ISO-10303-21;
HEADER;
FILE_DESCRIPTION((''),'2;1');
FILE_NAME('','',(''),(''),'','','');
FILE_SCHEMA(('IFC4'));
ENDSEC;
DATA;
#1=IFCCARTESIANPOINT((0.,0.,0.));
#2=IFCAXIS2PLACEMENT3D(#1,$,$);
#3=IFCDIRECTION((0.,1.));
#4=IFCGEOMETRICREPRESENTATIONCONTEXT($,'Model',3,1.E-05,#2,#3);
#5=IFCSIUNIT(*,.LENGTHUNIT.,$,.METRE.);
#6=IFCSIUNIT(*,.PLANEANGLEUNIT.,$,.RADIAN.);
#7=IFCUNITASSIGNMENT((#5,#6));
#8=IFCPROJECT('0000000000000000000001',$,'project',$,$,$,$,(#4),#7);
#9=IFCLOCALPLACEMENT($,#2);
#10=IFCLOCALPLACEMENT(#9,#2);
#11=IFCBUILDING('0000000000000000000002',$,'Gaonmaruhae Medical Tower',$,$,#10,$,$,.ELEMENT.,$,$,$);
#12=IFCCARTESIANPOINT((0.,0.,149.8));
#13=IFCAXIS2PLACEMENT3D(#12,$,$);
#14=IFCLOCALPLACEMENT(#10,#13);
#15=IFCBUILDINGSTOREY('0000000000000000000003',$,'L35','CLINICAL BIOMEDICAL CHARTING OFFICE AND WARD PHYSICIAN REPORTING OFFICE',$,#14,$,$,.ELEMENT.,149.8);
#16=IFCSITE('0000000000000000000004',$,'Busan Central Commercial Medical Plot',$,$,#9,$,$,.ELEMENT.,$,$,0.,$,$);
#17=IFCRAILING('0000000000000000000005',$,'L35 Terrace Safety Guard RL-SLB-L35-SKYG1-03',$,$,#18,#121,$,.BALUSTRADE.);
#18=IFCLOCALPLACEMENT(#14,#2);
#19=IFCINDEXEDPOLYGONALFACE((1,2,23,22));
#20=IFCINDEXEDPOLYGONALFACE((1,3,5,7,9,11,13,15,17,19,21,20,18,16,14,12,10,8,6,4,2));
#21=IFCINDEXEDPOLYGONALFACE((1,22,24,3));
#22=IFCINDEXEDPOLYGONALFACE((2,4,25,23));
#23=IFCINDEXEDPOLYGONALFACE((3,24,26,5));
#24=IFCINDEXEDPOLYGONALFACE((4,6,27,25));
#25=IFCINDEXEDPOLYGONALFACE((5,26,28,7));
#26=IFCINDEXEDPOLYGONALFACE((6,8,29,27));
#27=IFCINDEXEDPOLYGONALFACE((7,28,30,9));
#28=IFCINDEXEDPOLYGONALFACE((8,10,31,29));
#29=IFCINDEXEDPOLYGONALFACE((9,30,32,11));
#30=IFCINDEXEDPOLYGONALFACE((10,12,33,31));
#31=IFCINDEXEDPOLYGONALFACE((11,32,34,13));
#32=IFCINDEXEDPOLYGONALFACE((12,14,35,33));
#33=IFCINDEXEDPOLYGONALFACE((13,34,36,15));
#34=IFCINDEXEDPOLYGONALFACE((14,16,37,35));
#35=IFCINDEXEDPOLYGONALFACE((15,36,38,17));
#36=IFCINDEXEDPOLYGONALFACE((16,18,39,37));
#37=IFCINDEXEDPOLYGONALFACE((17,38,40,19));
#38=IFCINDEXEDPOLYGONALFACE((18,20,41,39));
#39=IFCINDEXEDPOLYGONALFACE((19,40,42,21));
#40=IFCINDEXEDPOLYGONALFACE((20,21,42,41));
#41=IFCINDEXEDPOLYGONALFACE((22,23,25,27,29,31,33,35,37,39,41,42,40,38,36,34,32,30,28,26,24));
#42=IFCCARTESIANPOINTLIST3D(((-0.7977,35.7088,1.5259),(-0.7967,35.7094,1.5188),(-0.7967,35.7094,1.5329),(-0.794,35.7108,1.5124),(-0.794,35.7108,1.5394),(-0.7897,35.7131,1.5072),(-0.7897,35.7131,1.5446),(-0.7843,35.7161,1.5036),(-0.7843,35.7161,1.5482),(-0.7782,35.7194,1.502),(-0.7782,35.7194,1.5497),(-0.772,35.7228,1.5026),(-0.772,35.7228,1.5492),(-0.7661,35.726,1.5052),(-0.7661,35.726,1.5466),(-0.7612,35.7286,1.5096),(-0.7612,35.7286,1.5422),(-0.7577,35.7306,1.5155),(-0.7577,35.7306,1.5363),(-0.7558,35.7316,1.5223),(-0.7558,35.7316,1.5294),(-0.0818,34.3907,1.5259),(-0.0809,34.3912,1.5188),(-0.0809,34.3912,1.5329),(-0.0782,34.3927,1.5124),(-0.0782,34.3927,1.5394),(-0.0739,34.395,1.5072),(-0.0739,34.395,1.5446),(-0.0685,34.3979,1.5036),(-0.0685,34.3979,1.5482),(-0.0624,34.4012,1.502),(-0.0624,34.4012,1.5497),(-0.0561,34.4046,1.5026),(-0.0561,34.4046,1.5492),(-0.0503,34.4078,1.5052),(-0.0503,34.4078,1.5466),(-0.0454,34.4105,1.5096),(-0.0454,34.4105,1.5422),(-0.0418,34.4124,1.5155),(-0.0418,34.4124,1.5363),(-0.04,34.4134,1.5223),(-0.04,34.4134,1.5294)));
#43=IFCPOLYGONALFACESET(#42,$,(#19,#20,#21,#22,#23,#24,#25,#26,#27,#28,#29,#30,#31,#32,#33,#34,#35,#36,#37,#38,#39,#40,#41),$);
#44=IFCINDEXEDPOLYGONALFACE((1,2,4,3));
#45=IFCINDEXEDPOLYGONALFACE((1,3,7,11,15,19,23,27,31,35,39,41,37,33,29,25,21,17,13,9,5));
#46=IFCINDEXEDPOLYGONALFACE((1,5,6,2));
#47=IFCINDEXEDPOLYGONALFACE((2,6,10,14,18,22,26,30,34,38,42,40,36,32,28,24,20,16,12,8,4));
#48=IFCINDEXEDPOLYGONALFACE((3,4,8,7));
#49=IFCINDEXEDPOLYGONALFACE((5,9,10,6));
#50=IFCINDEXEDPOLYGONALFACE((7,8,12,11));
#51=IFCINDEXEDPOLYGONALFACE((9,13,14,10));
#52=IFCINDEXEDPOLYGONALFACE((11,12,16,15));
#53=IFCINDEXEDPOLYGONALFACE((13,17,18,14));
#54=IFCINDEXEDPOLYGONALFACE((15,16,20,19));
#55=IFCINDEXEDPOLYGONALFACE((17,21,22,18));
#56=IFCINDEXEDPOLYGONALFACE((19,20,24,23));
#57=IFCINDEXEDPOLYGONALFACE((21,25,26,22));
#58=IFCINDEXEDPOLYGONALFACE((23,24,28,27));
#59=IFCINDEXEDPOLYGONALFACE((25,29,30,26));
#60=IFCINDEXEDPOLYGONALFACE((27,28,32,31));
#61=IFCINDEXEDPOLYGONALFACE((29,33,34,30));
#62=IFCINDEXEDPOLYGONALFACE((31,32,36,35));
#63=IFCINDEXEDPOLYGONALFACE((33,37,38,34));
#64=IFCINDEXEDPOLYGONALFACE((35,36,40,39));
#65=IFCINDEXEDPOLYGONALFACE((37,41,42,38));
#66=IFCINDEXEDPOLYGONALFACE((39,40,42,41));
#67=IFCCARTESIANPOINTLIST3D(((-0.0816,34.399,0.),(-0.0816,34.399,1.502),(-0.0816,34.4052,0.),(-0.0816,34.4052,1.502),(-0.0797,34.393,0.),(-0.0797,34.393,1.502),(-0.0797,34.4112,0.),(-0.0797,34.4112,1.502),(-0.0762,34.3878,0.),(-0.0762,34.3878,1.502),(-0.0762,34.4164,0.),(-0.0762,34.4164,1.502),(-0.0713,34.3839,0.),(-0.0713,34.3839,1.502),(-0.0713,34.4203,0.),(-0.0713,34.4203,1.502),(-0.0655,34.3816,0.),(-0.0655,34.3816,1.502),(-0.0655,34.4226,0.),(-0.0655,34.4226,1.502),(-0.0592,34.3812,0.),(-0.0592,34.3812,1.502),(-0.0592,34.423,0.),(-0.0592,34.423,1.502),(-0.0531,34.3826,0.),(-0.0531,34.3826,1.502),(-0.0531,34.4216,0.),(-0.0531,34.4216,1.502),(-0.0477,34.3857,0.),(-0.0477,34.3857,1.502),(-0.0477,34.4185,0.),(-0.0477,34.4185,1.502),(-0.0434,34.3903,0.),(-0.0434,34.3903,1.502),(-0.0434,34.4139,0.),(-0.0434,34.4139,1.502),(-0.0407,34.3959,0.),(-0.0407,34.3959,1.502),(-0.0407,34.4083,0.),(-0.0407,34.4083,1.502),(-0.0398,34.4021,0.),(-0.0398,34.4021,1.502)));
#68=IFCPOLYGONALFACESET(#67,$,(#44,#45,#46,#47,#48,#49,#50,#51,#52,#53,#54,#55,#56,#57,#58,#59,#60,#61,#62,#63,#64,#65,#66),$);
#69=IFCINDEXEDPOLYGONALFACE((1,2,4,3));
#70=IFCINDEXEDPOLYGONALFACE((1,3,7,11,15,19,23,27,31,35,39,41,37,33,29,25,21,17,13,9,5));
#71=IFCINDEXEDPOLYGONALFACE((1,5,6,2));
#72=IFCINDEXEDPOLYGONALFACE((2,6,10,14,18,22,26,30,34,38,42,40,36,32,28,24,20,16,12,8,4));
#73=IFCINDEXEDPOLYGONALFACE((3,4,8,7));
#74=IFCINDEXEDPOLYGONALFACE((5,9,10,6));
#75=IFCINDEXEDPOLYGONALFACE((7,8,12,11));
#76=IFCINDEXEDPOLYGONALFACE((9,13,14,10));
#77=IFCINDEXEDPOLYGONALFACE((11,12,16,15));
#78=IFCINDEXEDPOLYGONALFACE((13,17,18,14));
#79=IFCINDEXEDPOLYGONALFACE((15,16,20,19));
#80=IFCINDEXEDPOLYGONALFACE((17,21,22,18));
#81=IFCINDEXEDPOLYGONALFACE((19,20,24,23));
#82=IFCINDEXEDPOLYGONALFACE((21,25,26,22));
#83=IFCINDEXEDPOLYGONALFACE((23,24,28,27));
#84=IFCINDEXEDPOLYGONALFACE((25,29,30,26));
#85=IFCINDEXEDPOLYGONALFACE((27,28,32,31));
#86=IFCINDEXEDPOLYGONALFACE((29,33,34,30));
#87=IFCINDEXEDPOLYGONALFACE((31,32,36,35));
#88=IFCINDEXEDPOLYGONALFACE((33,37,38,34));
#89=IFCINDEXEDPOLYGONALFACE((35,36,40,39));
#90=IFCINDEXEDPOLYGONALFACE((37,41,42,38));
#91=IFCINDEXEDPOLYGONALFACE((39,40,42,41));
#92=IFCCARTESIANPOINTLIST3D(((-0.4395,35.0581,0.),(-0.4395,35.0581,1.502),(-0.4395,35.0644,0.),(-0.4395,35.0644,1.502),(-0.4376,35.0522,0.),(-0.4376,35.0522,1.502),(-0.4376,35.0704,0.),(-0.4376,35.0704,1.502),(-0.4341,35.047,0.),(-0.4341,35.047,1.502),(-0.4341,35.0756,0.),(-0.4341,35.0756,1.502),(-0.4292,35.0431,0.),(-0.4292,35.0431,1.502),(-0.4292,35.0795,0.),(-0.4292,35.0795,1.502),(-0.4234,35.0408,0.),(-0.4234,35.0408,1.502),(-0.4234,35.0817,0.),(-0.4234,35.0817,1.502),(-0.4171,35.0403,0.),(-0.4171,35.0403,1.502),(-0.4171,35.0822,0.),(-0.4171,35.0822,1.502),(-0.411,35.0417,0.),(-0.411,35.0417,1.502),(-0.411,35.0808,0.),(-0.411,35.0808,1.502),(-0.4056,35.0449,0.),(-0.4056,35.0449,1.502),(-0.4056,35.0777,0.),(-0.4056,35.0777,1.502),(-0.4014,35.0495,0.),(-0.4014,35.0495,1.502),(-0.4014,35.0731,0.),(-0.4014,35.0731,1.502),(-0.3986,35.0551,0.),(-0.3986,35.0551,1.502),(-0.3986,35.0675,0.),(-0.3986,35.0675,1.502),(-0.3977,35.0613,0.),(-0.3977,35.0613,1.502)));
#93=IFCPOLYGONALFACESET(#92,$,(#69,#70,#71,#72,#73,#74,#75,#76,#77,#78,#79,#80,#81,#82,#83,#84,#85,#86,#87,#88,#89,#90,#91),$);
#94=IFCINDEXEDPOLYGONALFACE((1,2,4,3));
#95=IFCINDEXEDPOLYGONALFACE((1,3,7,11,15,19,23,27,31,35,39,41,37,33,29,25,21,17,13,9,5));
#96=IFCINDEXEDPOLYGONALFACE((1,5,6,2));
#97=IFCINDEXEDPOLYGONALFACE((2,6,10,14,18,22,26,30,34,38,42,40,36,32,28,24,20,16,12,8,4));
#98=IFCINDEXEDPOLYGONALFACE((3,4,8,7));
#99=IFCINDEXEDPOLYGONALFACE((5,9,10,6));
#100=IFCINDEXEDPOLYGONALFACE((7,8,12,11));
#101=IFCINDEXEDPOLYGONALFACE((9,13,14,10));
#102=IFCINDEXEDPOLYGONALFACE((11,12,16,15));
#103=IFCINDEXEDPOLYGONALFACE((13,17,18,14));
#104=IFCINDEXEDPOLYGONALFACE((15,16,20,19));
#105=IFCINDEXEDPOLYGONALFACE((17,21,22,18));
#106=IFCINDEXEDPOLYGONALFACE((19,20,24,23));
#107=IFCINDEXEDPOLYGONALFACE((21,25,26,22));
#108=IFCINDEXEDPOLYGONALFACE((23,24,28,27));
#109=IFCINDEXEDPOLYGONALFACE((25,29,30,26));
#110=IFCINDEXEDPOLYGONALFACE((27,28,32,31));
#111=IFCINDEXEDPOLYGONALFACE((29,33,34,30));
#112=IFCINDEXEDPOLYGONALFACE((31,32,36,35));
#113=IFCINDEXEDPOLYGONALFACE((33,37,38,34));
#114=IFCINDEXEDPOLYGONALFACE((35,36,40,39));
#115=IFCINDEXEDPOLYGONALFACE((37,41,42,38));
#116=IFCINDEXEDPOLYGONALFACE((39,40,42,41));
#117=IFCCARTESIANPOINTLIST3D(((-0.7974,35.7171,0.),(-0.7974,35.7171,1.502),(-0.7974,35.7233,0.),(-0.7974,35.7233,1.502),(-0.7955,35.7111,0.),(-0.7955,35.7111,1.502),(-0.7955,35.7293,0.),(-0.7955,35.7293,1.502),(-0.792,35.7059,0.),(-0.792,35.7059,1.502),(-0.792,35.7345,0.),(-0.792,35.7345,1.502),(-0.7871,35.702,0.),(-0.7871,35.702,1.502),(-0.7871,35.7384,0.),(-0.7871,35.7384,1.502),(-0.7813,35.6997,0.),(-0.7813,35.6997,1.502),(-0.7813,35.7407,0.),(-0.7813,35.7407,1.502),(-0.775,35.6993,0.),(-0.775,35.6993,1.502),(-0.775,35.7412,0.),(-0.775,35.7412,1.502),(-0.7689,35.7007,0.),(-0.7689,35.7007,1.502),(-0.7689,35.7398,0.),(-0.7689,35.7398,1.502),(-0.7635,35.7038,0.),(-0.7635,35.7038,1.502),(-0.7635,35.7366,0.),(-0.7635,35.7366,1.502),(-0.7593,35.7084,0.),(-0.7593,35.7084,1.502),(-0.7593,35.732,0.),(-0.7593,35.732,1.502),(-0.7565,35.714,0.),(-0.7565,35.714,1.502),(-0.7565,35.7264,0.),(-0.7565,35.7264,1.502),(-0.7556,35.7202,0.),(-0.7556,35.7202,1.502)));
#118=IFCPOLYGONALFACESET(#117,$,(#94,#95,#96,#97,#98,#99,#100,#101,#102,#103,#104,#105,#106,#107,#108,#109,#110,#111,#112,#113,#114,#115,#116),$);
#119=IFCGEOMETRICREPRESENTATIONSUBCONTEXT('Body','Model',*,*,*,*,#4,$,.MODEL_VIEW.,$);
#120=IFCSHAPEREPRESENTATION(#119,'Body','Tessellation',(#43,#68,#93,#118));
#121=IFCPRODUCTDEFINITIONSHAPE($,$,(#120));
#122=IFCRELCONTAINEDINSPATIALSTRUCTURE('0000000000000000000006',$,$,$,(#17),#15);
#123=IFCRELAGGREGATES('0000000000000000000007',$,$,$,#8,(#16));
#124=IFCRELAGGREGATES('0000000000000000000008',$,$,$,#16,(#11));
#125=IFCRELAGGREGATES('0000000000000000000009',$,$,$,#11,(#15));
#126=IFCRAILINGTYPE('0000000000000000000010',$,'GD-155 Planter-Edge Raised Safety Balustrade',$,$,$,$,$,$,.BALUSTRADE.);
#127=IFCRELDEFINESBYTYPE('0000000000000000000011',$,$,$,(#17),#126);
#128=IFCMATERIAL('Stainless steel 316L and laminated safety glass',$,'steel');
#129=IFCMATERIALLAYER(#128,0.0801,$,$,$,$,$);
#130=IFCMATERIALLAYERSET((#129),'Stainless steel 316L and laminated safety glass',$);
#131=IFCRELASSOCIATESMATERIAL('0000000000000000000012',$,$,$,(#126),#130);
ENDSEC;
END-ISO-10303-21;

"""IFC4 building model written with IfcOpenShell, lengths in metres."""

from ifc_helpers import new_model, si_unit, direction, frame, origin, origin_2d, place, context, subcontext, project, spatial, circle, extrude, material, layer, layer_set, type_object, element, save


model = new_model("IFC4")

# Units and contexts
model_context = context("Model", 3, precision=1e-05, world=origin(), true_north=direction((0.0, 1.0)))
body_context = subcontext(model_context, "Body", "Model", "MODEL_VIEW")
ifc_project = project(units=[si_unit("LENGTHUNIT", "METRE"), si_unit("PLANEANGLEUNIT", "RADIAN")], contexts=[model_context])

# Site, building, storey
site_placement = place(None, origin())
site = spatial("IfcSite", under=ifc_project, at=site_placement, Name="Busan Central Commercial Medical Plot", CompositionType="ELEMENT", RefElevation=0.0)
building_placement = place(site_placement, origin())
building = spatial("IfcBuilding", under=site, at=building_placement, Name="Gaonmaruhae Medical Tower", CompositionType="ELEMENT")
storey_placement = place(building_placement, frame((0.0, 0.0, 149.8)))
storey = spatial("IfcBuildingStorey", under=building, at=storey_placement, Name="L35", Description="CLINICAL BIOMEDICAL CHARTING OFFICE AND WARD PHYSICIAN REPORTING OFFICE", CompositionType="ELEMENT", Elevation=149.8)

# Railing
ifc_material_1 = material(Name="Stainless steel 316L and laminated safety glass", Category="steel")
ifc_layer_1 = layer(ifc_material_1, 0.0801)
ifc_layer_set_1 = layer_set([ifc_layer_1], Name="Stainless steel 316L and laminated safety glass")
railing_type = type_object("IfcRailingType", Name="GD-155 Planter-Edge Raised Safety Balustrade", PredefinedType="BALUSTRADE", material=ifc_layer_set_1)
railing_1_placement = place(storey_placement, frame((-0.0608, 34.4021, 0.0)))
element("IfcRailing", 1, at=railing_1_placement, inside=storey, type_object=railing_type, Name="L35 Terrace Safety Guard RL-SLB-L35-SKYG1-03", PredefinedType="BALUSTRADE", context=body_context, shape_type="SweptSolid", body=[
    extrude(circle(Radius=0.0239, at=origin_2d()), frame((0.0, 0.0, 1.5259), z_axis=(-0.477232, 0.878777, 0.0), x_axis=(-0.878777, -0.477232, 0.0)), (0.0, 0.0, 1.0), 1.5),
    extrude(circle(Radius=0.021, at=origin_2d()), origin(), (0.0, 0.0, 1.0), 1.502),
    extrude(circle(Radius=0.021, at=origin_2d()), frame((-0.3579, 0.6592, 0.0)), (0.0, 0.0, 1.0), 1.502),
    extrude(circle(Radius=0.021, at=origin_2d()), frame((-0.7158, 1.3181, 0.0)), (0.0, 0.0, 1.0), 1.502),
])

save(model, "model.ifc")
